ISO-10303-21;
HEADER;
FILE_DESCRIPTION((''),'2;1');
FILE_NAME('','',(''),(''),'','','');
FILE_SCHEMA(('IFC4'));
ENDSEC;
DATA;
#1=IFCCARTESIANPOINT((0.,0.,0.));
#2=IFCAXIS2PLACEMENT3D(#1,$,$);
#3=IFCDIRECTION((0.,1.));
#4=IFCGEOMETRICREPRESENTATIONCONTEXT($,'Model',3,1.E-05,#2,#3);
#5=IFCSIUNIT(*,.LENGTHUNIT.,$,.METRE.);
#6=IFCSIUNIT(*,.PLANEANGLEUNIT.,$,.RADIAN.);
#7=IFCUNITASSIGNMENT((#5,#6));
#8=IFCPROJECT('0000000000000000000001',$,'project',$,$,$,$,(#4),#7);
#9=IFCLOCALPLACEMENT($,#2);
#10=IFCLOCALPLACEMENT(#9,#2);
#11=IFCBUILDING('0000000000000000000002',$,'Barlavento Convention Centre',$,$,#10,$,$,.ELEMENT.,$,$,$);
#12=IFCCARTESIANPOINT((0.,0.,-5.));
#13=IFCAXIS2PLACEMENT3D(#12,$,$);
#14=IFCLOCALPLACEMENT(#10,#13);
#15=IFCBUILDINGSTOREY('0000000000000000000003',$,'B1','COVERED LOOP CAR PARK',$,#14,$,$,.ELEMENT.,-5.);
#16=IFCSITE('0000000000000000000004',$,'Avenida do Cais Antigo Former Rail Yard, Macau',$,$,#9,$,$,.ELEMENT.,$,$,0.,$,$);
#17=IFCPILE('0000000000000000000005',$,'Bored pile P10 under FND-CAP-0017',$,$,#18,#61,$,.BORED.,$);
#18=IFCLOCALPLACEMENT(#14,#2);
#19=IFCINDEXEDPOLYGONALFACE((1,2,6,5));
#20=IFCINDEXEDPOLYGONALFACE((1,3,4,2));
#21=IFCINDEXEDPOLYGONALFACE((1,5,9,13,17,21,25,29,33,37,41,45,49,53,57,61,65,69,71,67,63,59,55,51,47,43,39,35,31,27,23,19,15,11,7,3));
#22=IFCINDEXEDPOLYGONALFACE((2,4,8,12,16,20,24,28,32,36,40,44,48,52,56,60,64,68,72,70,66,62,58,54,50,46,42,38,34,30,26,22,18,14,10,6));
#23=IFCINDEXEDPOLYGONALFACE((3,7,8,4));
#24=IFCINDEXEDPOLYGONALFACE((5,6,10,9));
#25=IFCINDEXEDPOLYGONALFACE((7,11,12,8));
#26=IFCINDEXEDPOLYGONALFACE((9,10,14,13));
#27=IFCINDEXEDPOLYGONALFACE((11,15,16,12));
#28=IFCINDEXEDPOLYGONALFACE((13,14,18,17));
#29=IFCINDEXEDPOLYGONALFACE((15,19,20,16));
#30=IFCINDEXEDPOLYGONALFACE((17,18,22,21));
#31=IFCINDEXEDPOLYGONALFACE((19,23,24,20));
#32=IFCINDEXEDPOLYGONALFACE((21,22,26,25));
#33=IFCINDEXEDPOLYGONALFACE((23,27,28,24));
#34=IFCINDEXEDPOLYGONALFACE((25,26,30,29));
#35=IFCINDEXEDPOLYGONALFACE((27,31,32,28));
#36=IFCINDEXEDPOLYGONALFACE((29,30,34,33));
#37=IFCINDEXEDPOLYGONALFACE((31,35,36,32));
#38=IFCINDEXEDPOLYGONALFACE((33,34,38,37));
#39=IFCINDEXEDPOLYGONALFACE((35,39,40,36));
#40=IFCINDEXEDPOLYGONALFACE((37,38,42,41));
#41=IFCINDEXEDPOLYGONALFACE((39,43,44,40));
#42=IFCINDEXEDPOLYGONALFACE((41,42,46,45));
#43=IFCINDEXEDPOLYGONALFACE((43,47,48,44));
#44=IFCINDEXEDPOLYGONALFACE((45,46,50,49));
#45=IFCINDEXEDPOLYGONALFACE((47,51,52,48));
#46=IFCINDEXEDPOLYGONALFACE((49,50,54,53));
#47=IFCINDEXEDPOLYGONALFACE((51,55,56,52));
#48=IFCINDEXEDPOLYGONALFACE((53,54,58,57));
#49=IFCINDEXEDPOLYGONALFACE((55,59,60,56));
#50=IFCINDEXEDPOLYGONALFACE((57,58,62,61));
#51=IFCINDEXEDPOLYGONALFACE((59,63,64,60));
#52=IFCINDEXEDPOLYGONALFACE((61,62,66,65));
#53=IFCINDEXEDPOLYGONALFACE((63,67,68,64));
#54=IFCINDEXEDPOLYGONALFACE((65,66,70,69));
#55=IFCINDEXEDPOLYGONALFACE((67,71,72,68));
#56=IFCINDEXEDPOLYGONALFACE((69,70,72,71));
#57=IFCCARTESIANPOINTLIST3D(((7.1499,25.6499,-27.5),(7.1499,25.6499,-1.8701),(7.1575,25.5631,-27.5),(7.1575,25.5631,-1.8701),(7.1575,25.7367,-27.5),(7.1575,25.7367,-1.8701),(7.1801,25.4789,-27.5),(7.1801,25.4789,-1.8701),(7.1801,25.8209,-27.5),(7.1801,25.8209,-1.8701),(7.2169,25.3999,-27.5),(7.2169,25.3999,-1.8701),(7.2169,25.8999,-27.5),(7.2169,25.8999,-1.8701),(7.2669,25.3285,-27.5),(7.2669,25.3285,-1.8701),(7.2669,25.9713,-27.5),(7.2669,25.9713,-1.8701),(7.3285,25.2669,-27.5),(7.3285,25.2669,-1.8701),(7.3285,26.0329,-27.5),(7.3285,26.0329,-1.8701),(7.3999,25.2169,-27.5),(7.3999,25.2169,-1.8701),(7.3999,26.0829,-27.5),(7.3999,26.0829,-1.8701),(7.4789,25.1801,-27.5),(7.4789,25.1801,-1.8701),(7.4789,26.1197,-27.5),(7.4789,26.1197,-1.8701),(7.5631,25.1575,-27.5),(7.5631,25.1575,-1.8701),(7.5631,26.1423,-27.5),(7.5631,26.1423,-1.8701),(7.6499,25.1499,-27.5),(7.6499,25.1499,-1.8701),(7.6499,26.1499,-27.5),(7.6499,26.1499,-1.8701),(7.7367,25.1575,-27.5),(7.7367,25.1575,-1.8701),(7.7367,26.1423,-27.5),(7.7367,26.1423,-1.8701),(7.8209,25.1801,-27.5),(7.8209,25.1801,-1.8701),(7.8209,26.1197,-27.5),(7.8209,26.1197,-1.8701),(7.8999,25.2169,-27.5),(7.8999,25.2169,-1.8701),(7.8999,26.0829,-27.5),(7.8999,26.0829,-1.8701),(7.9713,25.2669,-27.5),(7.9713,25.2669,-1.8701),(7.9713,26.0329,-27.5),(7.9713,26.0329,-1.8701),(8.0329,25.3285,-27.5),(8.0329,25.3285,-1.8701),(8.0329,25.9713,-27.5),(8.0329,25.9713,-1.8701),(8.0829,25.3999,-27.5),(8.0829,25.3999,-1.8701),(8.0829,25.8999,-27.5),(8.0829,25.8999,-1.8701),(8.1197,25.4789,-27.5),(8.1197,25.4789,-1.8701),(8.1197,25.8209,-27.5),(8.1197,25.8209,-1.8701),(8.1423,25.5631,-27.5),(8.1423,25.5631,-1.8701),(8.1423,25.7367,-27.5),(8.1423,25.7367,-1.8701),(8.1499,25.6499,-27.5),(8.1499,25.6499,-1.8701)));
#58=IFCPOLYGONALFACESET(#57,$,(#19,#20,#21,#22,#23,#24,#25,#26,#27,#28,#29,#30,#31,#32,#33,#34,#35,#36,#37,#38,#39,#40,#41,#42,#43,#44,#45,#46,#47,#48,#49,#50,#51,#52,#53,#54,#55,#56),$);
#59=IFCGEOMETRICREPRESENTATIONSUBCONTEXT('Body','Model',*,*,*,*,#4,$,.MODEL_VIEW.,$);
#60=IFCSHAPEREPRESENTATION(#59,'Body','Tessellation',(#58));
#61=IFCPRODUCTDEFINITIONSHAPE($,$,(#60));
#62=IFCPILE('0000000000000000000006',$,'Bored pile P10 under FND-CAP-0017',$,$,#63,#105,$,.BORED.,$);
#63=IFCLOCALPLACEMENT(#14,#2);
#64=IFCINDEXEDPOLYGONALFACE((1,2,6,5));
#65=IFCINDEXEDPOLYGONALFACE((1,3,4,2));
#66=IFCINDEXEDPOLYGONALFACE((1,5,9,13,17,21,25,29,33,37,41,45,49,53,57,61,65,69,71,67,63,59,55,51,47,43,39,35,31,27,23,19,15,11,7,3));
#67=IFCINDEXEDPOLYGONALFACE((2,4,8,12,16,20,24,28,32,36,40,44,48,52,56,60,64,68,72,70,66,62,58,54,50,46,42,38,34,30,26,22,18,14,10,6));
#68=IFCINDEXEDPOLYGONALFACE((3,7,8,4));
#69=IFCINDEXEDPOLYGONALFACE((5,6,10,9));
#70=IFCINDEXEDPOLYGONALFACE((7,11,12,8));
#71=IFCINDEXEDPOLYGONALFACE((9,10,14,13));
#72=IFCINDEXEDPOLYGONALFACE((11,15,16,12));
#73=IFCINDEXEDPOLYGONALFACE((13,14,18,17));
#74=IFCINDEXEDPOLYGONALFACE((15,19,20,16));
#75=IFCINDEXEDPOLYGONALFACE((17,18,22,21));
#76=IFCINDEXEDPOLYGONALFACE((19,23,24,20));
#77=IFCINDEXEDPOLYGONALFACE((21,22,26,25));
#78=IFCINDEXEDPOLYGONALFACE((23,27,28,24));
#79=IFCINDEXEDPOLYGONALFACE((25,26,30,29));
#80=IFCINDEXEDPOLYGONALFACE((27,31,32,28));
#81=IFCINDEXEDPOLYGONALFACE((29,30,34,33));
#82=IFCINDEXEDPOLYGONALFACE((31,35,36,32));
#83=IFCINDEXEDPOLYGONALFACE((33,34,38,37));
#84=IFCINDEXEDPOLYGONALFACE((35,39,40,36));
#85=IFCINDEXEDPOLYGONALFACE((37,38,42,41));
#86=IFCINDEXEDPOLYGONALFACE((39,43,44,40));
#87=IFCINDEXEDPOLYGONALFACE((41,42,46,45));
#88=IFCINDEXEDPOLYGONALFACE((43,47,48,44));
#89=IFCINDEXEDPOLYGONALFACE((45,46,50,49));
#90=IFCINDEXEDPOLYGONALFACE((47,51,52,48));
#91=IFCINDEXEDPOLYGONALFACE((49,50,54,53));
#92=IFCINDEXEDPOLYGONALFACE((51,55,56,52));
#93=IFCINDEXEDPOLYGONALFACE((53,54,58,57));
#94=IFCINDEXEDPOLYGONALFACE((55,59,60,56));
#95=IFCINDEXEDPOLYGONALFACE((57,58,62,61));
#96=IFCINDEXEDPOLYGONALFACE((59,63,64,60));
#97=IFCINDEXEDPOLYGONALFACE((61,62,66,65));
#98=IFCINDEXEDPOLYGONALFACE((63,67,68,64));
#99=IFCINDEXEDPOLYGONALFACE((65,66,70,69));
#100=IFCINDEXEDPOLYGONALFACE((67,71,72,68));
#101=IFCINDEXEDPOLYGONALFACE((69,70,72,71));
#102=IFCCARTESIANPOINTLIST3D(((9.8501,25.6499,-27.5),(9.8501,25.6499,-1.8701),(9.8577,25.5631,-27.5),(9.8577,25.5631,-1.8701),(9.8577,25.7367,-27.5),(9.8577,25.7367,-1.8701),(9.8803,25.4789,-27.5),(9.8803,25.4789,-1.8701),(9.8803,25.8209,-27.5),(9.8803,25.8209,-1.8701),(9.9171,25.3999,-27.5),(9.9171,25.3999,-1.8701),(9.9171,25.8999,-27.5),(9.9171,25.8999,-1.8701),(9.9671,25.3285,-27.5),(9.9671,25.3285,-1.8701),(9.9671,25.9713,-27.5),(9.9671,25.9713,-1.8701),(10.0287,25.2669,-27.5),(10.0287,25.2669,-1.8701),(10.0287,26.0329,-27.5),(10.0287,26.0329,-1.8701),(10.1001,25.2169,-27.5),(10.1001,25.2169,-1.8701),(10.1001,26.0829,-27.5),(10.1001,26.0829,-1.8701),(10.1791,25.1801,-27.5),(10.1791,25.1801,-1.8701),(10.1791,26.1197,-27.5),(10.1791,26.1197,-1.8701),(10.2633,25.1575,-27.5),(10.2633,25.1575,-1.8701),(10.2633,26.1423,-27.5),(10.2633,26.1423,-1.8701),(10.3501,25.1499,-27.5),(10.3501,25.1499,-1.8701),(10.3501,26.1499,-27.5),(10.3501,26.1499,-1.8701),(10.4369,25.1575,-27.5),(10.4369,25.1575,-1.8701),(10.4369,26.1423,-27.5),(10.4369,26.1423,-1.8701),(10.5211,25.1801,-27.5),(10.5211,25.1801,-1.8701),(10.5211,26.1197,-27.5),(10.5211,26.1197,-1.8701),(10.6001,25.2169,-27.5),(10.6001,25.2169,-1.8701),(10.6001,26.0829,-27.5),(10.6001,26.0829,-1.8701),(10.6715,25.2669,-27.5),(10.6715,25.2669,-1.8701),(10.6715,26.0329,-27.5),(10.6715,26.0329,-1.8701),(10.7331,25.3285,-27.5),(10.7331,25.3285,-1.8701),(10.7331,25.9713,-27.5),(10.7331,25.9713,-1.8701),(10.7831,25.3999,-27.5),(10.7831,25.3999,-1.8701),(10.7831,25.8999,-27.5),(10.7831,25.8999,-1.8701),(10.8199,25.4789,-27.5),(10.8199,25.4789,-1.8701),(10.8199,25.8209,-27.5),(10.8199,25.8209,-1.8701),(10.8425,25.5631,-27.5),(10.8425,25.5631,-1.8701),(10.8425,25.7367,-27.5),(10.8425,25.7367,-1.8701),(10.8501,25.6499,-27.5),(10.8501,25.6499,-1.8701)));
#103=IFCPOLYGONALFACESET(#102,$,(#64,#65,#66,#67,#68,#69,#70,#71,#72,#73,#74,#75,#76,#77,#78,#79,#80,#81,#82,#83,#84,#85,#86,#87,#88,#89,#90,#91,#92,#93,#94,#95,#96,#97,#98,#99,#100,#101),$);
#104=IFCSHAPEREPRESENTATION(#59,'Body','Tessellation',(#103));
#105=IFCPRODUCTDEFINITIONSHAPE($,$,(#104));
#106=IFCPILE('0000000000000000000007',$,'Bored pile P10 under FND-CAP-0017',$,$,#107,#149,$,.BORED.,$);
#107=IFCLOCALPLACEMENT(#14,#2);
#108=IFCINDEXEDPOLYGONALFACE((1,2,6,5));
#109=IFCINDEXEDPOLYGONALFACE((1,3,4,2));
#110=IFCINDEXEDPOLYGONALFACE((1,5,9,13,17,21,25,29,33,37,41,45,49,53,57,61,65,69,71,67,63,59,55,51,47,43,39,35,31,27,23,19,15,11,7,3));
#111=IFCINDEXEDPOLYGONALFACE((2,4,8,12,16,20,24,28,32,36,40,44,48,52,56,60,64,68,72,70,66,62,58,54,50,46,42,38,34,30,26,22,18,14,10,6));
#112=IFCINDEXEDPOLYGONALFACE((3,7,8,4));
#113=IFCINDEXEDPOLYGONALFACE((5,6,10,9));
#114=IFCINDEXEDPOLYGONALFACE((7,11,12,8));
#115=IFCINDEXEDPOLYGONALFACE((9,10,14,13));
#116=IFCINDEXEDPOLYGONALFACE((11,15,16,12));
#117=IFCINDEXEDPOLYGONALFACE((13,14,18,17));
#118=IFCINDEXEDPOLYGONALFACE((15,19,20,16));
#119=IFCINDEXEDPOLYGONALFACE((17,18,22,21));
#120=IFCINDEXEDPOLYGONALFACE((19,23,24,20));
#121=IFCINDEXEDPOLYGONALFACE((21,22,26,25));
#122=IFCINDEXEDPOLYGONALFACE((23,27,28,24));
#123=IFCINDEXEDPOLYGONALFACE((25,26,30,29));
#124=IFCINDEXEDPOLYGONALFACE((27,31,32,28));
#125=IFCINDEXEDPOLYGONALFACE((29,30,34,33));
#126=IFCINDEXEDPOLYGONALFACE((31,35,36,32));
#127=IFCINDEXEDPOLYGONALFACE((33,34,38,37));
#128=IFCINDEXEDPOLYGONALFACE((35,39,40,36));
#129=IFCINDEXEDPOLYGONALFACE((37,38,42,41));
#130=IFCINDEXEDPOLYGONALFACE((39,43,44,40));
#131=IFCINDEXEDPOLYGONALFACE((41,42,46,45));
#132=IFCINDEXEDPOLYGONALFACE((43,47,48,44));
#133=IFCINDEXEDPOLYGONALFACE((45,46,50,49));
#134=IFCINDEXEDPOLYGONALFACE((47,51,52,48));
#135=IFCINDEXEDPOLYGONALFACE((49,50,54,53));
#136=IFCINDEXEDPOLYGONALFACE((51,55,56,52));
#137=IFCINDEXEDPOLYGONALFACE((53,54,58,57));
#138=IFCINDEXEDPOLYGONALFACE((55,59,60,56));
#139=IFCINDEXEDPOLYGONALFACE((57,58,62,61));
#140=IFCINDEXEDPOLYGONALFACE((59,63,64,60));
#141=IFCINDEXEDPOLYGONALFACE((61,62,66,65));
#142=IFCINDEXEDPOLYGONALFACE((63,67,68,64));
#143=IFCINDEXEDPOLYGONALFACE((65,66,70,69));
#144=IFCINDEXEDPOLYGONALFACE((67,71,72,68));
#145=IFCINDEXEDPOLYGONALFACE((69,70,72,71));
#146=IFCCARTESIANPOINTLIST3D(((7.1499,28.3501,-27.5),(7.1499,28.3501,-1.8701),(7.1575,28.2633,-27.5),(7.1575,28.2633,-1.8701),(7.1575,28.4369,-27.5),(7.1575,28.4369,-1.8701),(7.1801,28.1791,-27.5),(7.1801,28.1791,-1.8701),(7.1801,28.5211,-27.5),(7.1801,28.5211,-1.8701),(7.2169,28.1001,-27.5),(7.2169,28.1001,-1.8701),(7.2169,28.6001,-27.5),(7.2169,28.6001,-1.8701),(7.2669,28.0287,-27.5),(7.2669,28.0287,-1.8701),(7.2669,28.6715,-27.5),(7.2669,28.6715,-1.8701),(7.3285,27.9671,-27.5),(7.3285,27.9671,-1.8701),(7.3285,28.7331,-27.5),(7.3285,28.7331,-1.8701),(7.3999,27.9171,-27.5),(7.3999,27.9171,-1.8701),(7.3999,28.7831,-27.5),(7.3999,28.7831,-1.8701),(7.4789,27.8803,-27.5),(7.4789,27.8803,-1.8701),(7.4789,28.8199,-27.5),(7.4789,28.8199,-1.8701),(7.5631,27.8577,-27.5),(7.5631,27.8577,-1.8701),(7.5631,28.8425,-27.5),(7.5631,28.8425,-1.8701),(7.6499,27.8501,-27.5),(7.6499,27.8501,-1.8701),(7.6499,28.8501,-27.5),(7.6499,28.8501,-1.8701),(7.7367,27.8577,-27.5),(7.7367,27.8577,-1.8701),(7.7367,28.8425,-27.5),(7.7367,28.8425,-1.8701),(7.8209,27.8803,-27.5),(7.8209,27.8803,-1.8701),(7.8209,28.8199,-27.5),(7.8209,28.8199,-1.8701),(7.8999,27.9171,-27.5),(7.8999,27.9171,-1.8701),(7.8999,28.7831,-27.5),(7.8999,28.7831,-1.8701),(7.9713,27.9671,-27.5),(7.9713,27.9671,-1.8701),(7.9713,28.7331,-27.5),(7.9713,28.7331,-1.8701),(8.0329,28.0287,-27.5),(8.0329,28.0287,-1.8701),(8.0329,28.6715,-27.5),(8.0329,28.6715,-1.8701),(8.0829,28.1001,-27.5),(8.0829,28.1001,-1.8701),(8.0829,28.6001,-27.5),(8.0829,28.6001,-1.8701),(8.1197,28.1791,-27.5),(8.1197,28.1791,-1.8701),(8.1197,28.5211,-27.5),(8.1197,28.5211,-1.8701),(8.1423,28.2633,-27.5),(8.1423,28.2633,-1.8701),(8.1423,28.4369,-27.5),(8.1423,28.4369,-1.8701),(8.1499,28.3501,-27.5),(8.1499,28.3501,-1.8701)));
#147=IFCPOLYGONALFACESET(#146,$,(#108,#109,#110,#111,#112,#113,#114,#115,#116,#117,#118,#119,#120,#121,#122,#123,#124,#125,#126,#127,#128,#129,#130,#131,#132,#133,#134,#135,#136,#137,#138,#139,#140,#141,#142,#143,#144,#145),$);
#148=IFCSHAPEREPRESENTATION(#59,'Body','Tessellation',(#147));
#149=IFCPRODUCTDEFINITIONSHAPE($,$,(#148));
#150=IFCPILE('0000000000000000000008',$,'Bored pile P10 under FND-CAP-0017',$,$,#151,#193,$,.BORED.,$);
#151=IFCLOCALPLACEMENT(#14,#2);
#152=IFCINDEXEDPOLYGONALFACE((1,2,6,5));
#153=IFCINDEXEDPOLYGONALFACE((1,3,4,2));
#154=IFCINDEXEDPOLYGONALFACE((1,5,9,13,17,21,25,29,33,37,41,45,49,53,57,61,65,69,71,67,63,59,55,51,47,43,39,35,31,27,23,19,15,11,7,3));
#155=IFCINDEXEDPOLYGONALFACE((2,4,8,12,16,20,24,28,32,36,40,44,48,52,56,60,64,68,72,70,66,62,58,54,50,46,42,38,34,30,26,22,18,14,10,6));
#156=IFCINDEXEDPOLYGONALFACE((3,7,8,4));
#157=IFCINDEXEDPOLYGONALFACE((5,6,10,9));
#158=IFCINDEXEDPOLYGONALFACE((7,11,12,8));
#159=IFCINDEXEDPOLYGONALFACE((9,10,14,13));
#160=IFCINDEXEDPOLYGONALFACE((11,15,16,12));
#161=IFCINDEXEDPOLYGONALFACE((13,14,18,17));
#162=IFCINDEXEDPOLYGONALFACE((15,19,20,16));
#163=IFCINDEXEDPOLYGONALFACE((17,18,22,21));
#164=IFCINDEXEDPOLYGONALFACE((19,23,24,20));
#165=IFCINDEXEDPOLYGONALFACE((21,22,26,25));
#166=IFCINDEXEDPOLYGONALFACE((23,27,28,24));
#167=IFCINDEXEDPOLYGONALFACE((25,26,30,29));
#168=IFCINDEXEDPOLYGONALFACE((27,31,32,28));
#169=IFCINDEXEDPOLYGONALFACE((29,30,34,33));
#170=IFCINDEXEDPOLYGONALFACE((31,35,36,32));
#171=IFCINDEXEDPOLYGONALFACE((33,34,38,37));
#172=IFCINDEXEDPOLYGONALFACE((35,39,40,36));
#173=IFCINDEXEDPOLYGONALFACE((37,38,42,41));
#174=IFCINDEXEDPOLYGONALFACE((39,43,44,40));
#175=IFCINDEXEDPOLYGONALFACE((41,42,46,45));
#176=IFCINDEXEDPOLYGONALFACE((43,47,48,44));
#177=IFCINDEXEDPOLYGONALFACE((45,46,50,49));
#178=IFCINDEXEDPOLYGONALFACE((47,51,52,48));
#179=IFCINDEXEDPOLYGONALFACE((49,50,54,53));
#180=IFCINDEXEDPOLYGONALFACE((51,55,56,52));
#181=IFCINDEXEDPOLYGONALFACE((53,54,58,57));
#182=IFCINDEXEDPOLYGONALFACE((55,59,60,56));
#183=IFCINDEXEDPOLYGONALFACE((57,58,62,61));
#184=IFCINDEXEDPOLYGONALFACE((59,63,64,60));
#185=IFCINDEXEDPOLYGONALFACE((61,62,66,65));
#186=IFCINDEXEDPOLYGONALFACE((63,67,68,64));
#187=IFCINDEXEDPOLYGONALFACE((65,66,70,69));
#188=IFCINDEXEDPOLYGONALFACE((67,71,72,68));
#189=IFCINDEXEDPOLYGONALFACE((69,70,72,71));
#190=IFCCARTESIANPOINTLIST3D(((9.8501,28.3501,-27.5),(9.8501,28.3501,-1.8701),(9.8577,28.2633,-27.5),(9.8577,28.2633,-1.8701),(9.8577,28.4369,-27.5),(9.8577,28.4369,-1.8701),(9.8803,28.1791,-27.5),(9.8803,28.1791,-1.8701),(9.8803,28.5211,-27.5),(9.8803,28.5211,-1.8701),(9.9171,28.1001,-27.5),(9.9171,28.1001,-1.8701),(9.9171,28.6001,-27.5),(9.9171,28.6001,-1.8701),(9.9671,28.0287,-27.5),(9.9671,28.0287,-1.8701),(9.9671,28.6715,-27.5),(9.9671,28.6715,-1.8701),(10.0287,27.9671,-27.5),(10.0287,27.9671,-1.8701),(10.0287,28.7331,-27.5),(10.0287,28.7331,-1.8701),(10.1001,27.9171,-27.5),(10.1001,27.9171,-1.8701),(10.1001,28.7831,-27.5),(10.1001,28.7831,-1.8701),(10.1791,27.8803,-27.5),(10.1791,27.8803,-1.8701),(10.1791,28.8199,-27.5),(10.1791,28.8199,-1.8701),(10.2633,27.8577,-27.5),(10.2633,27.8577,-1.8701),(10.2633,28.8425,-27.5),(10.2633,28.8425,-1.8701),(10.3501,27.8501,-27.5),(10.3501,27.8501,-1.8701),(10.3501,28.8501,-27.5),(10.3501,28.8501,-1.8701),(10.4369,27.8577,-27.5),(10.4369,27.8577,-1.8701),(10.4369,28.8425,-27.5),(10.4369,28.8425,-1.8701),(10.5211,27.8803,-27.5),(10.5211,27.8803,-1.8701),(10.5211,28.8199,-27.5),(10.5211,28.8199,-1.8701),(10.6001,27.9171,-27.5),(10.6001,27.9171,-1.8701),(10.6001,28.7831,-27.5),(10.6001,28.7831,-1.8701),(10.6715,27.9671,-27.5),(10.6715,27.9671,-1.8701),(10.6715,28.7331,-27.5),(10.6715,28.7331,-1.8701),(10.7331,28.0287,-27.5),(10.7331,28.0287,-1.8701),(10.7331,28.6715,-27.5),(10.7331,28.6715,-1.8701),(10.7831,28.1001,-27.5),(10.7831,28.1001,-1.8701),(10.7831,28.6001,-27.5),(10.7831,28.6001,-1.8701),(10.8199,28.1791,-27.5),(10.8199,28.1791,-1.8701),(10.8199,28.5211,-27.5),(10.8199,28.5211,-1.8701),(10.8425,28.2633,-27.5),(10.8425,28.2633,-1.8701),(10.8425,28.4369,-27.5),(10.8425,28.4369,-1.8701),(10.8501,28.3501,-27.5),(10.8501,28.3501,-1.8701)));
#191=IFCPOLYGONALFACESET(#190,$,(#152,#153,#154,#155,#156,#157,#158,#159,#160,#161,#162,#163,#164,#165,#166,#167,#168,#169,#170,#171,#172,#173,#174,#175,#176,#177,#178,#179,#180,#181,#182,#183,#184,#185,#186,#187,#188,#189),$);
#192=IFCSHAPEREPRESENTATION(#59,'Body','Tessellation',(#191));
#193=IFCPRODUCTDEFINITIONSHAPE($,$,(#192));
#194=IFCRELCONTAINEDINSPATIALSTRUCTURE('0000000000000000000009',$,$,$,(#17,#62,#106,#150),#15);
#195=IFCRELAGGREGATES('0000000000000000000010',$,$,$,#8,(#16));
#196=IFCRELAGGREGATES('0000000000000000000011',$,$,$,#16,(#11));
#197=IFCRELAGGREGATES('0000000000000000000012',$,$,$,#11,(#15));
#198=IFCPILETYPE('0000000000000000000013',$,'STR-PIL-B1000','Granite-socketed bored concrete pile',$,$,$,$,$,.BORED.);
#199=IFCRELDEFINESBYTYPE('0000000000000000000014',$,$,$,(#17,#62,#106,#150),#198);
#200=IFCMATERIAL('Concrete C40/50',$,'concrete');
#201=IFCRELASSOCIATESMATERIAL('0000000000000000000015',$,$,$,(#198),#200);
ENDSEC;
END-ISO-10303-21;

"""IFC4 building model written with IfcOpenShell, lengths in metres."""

from ifc_helpers import new_model, si_unit, direction, frame, origin, origin_2d, place, context, subcontext, project, spatial, circle, extrude, material, material_profile, profile_set, type_object, element, save


model = new_model("IFC4")

# Units and contexts
model_context = context("Model", 3, precision=1e-05, world=origin(), true_north=direction((0.0, 1.0)))
body_context = subcontext(model_context, "Body", "Model", "MODEL_VIEW")
ifc_project = project(units=[si_unit("LENGTHUNIT", "METRE"), si_unit("PLANEANGLEUNIT", "RADIAN")], contexts=[model_context])

# Site, building, storey
site_placement = place(None, origin())
site = spatial("IfcSite", under=ifc_project, at=site_placement, Name="Avenida do Cais Antigo Former Rail Yard, Macau", CompositionType="ELEMENT", RefElevation=0.0)
building_placement = place(site_placement, origin())
building = spatial("IfcBuilding", under=site, at=building_placement, Name="Barlavento Convention Centre", CompositionType="ELEMENT")
storey_placement = place(building_placement, frame((0.0, 0.0, -5.0)))
storey = spatial("IfcBuildingStorey", under=building, at=storey_placement, Name="B1", Description="COVERED LOOP CAR PARK", CompositionType="ELEMENT", Elevation=-5.0)

# Shared definitions
ifc_material_1 = material(Name="Concrete C40/50", Category="concrete")

# Piles
ifc_material_profile_1 = material_profile(ifc_material_1, circle(Radius=0.5, at=origin_2d()), Name="BORED PILE 1000")
ifc_profile_set_1 = profile_set([ifc_material_profile_1], Name="Concrete C40/50")
pile_type_1 = type_object("IfcPileType", Name="STR-PIL-B1000", Description="Granite-socketed bored concrete pile", PredefinedType="BORED", material=ifc_profile_set_1)
for number, where, z_axis, x_axis, name in (
    (1, (7.6499, 25.6499, -1.8701), (0.0, 0.0, -1.0), (1.0, 0.0, 0.0), "Bored pile P10 under FND-CAP-0017"),
    (2, (10.3501, 25.6499, -1.8701), (0.0, 0.0, -1.0), (1.0, 0.0, 0.0), "Bored pile P10 under FND-CAP-0017"),
    (3, (7.6499, 28.3501, -1.8701), (0.0, 0.0, -1.0), (1.0, 0.0, 0.0), "Bored pile P10 under FND-CAP-0017"),
    (4, (10.3501, 28.3501, -1.8701), (0.0, 0.0, -1.0), (1.0, 0.0, 0.0), "Bored pile P10 under FND-CAP-0017"),
):
    element("IfcPile", number, at=place(storey_placement, frame(where, z_axis=z_axis, x_axis=x_axis)), inside=storey, type_object=pile_type_1, Name=name, PredefinedType="BORED", context=body_context, shape_type="SweptSolid", body=[
        extrude(circle(Radius=0.5, at=origin_2d()), origin(), (0.0, 0.0, 1.0), 25.6299),
    ])

save(model, "model.ifc")
